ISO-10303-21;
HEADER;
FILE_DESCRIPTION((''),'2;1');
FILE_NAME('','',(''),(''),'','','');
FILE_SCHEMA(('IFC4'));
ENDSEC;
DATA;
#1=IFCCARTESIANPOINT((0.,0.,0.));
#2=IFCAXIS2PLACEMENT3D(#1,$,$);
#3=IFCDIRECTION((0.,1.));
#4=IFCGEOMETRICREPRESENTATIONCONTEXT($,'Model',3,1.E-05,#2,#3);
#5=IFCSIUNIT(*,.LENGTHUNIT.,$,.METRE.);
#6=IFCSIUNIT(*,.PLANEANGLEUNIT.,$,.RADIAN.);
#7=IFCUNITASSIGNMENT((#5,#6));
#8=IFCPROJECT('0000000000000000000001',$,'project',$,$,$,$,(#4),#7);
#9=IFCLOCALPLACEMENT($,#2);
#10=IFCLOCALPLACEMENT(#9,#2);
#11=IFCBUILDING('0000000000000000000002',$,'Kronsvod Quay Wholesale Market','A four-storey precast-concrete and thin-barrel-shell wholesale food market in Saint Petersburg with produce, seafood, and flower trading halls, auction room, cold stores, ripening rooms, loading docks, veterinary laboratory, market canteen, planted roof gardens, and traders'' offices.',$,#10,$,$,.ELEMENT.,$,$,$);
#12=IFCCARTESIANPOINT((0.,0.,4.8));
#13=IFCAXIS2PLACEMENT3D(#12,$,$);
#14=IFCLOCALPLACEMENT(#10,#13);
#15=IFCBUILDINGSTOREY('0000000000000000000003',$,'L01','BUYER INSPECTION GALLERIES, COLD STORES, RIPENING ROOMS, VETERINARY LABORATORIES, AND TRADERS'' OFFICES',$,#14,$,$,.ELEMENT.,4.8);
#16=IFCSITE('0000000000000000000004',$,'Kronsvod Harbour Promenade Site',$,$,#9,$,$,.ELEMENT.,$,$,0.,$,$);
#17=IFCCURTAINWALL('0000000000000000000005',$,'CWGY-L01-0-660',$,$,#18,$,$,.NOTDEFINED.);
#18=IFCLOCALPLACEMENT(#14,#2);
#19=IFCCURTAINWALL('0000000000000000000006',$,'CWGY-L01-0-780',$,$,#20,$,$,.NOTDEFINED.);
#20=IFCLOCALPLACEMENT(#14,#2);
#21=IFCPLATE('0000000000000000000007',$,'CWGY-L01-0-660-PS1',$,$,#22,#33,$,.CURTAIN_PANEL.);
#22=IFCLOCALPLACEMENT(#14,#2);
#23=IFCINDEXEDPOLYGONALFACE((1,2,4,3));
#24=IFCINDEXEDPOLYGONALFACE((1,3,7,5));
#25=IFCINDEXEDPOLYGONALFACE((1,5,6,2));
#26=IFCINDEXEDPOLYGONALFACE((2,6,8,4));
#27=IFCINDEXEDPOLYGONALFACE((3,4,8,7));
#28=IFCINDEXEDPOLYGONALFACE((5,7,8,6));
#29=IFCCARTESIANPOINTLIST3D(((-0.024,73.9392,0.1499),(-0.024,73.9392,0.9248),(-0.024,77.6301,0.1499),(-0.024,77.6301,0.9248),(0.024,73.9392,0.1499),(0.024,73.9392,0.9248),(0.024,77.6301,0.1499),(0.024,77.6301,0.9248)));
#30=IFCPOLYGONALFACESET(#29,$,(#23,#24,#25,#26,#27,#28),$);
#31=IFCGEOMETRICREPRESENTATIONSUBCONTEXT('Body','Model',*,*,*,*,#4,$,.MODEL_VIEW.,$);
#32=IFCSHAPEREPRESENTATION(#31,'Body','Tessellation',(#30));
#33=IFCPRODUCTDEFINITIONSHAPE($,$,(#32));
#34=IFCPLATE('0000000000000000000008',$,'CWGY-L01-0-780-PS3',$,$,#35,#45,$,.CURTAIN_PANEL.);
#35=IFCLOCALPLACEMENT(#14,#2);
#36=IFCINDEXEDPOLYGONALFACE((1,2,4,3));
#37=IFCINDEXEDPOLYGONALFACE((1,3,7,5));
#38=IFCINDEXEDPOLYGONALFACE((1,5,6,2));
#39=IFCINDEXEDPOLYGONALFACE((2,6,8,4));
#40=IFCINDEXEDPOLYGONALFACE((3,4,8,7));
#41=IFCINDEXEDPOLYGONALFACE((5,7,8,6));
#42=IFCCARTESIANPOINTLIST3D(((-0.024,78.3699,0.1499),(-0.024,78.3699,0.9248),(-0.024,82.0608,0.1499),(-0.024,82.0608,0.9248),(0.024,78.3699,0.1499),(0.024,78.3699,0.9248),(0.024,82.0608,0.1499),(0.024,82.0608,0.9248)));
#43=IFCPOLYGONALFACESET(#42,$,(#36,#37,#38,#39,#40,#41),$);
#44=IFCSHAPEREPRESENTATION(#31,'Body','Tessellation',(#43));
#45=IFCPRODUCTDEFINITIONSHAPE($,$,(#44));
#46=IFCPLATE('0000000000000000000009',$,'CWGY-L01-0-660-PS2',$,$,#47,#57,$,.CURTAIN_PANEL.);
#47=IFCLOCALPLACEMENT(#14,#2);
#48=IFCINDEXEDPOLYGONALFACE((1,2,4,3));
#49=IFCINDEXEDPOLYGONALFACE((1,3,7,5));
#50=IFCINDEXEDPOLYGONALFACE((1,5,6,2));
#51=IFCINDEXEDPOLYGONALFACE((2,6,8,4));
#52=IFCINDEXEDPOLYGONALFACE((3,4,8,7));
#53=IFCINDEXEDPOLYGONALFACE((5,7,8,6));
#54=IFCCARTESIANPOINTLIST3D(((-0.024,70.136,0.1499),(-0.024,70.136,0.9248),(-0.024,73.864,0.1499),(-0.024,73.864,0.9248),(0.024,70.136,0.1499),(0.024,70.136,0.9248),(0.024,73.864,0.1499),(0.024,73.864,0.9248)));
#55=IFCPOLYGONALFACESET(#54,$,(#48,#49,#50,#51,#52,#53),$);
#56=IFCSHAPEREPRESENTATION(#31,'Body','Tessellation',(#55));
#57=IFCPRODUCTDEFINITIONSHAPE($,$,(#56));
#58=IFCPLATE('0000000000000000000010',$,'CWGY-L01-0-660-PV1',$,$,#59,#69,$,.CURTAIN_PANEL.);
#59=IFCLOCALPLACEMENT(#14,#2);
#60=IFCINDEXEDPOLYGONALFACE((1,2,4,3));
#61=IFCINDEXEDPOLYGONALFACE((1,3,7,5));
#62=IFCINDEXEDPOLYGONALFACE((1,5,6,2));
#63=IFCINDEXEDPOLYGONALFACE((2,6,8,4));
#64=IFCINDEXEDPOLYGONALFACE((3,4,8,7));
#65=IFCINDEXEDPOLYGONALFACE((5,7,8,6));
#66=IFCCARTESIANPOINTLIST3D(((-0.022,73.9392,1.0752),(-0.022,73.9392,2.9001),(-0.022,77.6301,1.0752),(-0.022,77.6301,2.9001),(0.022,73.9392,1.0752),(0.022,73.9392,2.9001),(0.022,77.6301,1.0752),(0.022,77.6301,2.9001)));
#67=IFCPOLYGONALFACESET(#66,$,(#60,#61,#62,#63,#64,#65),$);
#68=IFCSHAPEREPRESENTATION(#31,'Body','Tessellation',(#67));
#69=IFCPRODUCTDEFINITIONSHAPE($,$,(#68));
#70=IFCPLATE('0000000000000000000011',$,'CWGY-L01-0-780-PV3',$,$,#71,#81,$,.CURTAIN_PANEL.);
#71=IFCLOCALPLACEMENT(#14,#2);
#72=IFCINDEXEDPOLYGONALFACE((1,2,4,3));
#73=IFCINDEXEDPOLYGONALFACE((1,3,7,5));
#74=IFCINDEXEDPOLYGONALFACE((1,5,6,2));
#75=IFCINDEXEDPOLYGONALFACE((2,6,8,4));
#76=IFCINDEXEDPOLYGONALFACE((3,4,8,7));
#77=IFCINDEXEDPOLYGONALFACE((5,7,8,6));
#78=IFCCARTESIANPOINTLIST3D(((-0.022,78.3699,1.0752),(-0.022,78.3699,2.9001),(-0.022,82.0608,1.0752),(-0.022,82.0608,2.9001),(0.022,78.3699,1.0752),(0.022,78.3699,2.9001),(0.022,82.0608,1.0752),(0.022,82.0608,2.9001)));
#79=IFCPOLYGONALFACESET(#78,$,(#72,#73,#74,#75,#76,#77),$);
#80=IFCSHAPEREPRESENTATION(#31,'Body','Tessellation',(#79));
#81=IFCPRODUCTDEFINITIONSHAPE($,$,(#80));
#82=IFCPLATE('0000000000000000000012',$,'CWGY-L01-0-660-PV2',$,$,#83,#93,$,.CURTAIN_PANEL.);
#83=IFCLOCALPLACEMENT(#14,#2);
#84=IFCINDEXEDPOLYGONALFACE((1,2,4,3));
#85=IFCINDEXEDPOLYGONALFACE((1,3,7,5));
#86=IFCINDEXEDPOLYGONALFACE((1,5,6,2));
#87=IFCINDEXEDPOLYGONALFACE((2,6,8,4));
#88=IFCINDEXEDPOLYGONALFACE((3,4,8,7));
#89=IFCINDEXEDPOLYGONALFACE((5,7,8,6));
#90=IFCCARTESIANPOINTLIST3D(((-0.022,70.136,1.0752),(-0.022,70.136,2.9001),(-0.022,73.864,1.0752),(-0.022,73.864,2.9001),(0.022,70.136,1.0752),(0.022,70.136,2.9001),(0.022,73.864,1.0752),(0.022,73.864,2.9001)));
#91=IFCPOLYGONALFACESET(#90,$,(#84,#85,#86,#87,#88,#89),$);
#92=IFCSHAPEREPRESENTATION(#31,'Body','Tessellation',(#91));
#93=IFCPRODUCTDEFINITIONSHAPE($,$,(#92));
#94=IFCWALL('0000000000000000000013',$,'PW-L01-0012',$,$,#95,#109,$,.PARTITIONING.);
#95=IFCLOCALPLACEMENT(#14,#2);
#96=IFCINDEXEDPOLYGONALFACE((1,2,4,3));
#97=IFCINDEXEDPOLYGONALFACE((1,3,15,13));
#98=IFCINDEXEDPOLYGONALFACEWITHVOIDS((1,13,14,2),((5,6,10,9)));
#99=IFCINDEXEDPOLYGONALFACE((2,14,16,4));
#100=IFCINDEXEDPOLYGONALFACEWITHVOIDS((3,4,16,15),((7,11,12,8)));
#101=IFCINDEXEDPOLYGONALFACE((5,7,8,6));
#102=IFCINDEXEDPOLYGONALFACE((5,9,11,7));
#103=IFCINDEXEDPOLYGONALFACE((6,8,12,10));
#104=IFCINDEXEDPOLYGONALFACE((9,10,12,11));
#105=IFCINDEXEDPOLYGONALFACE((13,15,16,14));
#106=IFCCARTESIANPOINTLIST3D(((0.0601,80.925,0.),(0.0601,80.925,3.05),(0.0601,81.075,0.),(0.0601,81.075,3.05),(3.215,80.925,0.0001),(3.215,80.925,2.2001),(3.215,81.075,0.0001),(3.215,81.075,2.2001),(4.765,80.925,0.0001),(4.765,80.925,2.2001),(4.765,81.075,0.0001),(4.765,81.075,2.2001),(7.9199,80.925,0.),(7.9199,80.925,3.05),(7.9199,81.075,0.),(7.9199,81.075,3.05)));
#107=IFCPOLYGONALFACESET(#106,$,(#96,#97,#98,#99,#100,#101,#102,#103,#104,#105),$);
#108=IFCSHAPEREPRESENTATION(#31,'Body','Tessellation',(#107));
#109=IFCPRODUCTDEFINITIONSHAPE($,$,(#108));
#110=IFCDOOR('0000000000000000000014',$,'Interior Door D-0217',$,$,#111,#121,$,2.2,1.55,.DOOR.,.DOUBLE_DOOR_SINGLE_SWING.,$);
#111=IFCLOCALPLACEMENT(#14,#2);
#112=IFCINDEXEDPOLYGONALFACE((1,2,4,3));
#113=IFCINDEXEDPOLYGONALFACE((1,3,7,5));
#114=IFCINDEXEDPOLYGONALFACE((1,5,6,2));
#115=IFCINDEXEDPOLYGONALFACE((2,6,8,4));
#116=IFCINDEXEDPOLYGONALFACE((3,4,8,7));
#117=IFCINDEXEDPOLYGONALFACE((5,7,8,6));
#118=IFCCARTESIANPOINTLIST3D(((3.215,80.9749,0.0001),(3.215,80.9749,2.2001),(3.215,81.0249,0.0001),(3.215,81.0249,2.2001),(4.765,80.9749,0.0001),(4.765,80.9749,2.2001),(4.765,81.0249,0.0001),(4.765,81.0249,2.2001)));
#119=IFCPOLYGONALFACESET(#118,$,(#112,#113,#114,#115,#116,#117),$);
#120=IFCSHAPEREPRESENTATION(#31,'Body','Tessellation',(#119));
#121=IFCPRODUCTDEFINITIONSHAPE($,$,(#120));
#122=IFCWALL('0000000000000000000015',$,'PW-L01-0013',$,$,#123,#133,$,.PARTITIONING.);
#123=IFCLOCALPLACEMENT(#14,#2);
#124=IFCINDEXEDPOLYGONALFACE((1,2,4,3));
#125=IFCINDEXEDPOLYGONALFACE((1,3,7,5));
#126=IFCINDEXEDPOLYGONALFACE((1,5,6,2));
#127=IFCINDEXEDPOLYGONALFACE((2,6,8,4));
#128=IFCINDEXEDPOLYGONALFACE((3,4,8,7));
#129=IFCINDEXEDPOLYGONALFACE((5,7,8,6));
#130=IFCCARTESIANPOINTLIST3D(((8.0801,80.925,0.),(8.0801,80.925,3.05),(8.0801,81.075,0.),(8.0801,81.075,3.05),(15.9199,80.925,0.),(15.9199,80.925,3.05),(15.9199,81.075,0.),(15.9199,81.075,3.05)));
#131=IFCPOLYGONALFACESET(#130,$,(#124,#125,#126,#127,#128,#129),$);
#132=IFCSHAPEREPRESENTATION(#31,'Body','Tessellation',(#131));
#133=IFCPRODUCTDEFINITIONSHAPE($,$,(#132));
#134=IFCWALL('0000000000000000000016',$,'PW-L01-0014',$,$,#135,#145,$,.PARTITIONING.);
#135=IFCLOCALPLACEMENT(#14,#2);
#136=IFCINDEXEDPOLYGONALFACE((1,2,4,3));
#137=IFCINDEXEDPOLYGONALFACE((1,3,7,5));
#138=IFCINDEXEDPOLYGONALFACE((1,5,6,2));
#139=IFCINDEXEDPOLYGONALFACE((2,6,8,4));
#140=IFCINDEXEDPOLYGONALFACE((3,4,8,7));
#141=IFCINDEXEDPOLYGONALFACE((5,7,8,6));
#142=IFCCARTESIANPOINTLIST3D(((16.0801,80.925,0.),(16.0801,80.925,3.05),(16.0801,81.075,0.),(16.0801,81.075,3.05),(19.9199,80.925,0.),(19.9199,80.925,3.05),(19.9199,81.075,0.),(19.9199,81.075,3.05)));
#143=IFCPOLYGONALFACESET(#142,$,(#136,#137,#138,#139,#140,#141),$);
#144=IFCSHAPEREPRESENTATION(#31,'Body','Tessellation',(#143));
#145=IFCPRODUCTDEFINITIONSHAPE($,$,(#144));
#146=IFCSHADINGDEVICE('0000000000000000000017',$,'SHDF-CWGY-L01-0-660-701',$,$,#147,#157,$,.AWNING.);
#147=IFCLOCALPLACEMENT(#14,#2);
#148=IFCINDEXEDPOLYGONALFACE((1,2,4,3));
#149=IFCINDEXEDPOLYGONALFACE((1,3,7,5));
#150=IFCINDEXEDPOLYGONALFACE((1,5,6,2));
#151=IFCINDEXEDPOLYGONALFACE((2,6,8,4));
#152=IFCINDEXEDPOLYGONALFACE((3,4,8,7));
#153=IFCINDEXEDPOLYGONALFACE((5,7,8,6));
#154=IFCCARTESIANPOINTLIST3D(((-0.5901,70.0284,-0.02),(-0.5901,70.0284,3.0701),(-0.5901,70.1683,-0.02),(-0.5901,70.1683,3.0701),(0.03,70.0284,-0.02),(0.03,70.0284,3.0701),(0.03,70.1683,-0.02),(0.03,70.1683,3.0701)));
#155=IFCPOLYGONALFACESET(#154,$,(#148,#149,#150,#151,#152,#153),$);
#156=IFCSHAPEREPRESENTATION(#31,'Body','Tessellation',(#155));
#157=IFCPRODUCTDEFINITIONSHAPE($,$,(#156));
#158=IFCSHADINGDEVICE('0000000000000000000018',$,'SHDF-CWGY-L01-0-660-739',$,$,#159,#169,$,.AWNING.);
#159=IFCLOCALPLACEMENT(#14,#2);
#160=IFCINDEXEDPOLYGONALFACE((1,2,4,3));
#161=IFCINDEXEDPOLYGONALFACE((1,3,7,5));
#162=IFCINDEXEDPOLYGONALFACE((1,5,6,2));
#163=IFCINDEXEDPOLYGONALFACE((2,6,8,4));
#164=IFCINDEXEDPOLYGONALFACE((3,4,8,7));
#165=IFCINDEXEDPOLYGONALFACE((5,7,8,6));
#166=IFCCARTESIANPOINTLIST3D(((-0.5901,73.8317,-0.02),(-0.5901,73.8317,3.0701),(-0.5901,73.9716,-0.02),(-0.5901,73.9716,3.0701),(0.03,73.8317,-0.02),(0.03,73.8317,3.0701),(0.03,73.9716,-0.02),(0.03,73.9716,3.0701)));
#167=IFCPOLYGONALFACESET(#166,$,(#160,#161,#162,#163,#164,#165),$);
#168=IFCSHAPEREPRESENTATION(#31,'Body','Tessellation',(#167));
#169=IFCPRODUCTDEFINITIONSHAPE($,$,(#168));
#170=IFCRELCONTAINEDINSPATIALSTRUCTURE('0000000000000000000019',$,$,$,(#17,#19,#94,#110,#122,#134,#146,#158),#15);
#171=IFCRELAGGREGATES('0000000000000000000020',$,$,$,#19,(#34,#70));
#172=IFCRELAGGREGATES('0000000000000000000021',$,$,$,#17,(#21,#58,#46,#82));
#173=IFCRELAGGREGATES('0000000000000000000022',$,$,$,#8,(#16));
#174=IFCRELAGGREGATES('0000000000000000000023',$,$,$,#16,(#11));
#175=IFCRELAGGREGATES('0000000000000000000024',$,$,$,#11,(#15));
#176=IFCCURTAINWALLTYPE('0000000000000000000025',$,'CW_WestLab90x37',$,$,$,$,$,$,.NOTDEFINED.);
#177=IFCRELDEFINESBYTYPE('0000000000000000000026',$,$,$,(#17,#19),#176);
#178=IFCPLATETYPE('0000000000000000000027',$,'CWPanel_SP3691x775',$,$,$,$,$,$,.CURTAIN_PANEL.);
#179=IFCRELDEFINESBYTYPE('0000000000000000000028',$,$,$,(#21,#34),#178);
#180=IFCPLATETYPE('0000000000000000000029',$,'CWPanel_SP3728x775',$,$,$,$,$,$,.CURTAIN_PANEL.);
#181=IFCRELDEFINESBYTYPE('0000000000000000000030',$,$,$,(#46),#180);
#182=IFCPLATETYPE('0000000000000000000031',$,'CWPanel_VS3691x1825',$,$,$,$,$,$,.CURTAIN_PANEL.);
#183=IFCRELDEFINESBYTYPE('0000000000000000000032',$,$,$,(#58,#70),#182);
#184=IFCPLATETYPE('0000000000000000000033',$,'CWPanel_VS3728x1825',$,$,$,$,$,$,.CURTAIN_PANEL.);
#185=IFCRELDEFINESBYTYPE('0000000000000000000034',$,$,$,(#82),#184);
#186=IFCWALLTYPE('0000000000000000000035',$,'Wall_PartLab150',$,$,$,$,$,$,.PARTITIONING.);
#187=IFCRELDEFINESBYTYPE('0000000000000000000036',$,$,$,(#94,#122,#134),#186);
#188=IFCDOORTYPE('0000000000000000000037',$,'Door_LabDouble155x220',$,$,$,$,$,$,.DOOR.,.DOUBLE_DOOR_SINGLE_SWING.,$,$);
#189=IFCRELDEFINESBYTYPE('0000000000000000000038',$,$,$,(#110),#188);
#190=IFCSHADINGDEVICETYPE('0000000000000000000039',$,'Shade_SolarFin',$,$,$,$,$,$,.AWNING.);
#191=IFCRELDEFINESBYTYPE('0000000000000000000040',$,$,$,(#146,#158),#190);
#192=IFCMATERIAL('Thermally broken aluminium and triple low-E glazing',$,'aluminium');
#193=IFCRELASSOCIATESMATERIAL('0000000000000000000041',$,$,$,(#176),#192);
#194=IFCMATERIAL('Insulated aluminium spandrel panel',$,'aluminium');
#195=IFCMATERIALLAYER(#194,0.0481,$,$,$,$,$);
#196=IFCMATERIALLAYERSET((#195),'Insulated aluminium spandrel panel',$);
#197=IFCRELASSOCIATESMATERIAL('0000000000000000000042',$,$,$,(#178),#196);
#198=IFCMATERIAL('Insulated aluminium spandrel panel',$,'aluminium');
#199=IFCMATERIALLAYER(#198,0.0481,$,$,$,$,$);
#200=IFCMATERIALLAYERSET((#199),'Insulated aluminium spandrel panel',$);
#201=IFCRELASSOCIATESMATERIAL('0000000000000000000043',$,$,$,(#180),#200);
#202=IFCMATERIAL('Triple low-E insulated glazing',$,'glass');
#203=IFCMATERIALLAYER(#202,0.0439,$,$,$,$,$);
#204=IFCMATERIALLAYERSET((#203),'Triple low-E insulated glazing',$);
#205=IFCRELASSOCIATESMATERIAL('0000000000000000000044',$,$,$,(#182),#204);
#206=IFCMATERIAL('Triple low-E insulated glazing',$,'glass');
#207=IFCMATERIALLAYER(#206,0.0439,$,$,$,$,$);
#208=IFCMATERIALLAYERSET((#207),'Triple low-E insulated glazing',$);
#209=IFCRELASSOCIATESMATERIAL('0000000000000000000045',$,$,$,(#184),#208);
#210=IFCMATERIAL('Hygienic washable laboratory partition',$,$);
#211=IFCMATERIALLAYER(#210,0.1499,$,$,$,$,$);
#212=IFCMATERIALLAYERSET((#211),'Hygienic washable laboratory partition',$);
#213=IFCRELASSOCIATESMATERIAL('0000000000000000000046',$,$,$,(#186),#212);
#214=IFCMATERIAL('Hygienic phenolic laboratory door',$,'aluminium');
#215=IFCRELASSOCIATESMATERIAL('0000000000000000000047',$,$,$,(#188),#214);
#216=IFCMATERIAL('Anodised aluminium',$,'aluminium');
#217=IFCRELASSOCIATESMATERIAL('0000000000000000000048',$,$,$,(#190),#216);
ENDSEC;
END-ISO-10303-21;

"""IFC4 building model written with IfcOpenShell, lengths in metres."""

from ifc_helpers import new_model, si_unit, direction, frame, frame_2d, origin, origin_2d, place, context, subcontext, project, spatial, rectangle, extrude, material, layer, layer_set, type_object, element, fill, aggregate, save


model = new_model("IFC4")

# Units and contexts
model_context = context("Model", 3, precision=1e-05, world=origin(), true_north=direction((0.0, 1.0)))
body_context = subcontext(model_context, "Body", "Model", "MODEL_VIEW")
ifc_project = project(units=[si_unit("LENGTHUNIT", "METRE"), si_unit("PLANEANGLEUNIT", "RADIAN")], contexts=[model_context])

# Site, building, storey
site_placement = place(None, origin())
site = spatial("IfcSite", under=ifc_project, at=site_placement, Name="Kronsvod Harbour Promenade Site", CompositionType="ELEMENT", RefElevation=0.0)
building_placement = place(site_placement, origin())
building = spatial("IfcBuilding", under=site, at=building_placement, Name="Kronsvod Quay Wholesale Market", Description="A four-storey precast-concrete and thin-barrel-shell wholesale food market in Saint Petersburg with produce, seafood, and flower trading halls, auction room, cold stores, ripening rooms, loading docks, veterinary laboratory, market canteen, planted roof gardens, and traders' offices.", CompositionType="ELEMENT")
storey_placement = place(building_placement, frame((0.0, 0.0, 4.8)))
storey = spatial("IfcBuildingStorey", under=building, at=storey_placement, Name="L01", Description="BUYER INSPECTION GALLERIES, COLD STORES, RIPENING ROOMS, VETERINARY LABORATORIES, AND TRADERS' OFFICES", CompositionType="ELEMENT", Elevation=4.8)

# Curtain wall
ifc_material_1 = material(Name="Thermally broken aluminium and triple low-E glazing", Category="aluminium")
curtain_wall_type = type_object("IfcCurtainWallType", Name="CW_WestLab90x37", PredefinedType="NOTDEFINED", material=ifc_material_1)
curtain_wall_1_placement = place(storey_placement, origin())
curtain_wall_1 = element("IfcCurtainWall", 1, at=curtain_wall_1_placement, inside=storey, type_object=curtain_wall_type, Name="CWGY-L01-0-660", PredefinedType="NOTDEFINED")

# Curtain wall
curtain_wall_2_placement = place(storey_placement, origin())
curtain_wall_2 = element("IfcCurtainWall", 2, at=curtain_wall_2_placement, inside=storey, type_object=curtain_wall_type, Name="CWGY-L01-0-780", PredefinedType="NOTDEFINED")

# Plates
ifc_material_2 = material(Name="Insulated aluminium spandrel panel", Category="aluminium")
ifc_layer_1 = layer(ifc_material_2, 0.0481)
ifc_layer_set_1 = layer_set([ifc_layer_1], Name="Insulated aluminium spandrel panel")
plate_type_1 = type_object("IfcPlateType", Name="CWPanel_SP3691x775", PredefinedType="CURTAIN_PANEL", material=ifc_layer_set_1)
plate_1_placement = place(storey_placement, frame((0.0, 75.7847, 0.1499), z_axis=(0.0, 0.0, 1.0), x_axis=(0.0, -1.0, 0.0)))
plate_1 = element("IfcPlate", 3, at=plate_1_placement, type_object=plate_type_1, Name="CWGY-L01-0-660-PS1", PredefinedType="CURTAIN_PANEL", context=body_context, shape_type="SweptSolid", body=[
    extrude(rectangle(XDim=3.6909, YDim=0.0481, at=origin_2d()), origin(), (0.0, 0.0, 1.0), 0.7749),
])
plate_2_placement = place(storey_placement, frame((0.0, 80.2153, 0.1499), z_axis=(0.0, 0.0, 1.0), x_axis=(0.0, -1.0, 0.0)))
plate_2 = element("IfcPlate", 4, at=plate_2_placement, type_object=plate_type_1, Name="CWGY-L01-0-780-PS3", PredefinedType="CURTAIN_PANEL", context=body_context, shape_type="SweptSolid", body=[
    extrude(rectangle(XDim=3.6909, YDim=0.0481, at=origin_2d()), origin(), (0.0, 0.0, 1.0), 0.7749),
])
ifc_material_3 = material(Name="Insulated aluminium spandrel panel", Category="aluminium")
ifc_layer_2 = layer(ifc_material_3, 0.0481)
ifc_layer_set_2 = layer_set([ifc_layer_2], Name="Insulated aluminium spandrel panel")
plate_type_2 = type_object("IfcPlateType", Name="CWPanel_SP3728x775", PredefinedType="CURTAIN_PANEL", material=ifc_layer_set_2)
plate_3_placement = place(storey_placement, frame((0.0, 72.0, 0.1499), z_axis=(0.0, 0.0, 1.0), x_axis=(0.0, -1.0, 0.0)))
plate_3 = element("IfcPlate", 5, at=plate_3_placement, type_object=plate_type_2, Name="CWGY-L01-0-660-PS2", PredefinedType="CURTAIN_PANEL", context=body_context, shape_type="SweptSolid", body=[
    extrude(rectangle(XDim=3.728, YDim=0.0481, at=origin_2d()), origin(), (0.0, 0.0, 1.0), 0.7749),
])
ifc_material_4 = material(Name="Triple low-E insulated glazing", Category="glass")
ifc_layer_3 = layer(ifc_material_4, 0.0439)
ifc_layer_set_3 = layer_set([ifc_layer_3], Name="Triple low-E insulated glazing")
plate_type_3 = type_object("IfcPlateType", Name="CWPanel_VS3691x1825", PredefinedType="CURTAIN_PANEL", material=ifc_layer_set_3)
plate_4_placement = place(storey_placement, frame((0.0, 75.7847, 1.0752), z_axis=(0.0, 0.0, 1.0), x_axis=(0.0, -1.0, 0.0)))
plate_4 = element("IfcPlate", 6, at=plate_4_placement, type_object=plate_type_3, Name="CWGY-L01-0-660-PV1", PredefinedType="CURTAIN_PANEL", context=body_context, shape_type="SweptSolid", body=[
    extrude(rectangle(XDim=3.6909, YDim=0.0439, at=origin_2d()), origin(), (0.0, 0.0, 1.0), 1.825),
])
plate_5_placement = place(storey_placement, frame((0.0, 80.2153, 1.0752), z_axis=(0.0, 0.0, 1.0), x_axis=(0.0, -1.0, 0.0)))
plate_5 = element("IfcPlate", 7, at=plate_5_placement, type_object=plate_type_3, Name="CWGY-L01-0-780-PV3", PredefinedType="CURTAIN_PANEL", context=body_context, shape_type="SweptSolid", body=[
    extrude(rectangle(XDim=3.6909, YDim=0.0439, at=origin_2d()), origin(), (0.0, 0.0, 1.0), 1.825),
])
aggregate(curtain_wall_2, [plate_2, plate_5])
ifc_material_5 = material(Name="Triple low-E insulated glazing", Category="glass")
ifc_layer_4 = layer(ifc_material_5, 0.0439)
ifc_layer_set_4 = layer_set([ifc_layer_4], Name="Triple low-E insulated glazing")
plate_type_4 = type_object("IfcPlateType", Name="CWPanel_VS3728x1825", PredefinedType="CURTAIN_PANEL", material=ifc_layer_set_4)
plate_6_placement = place(storey_placement, frame((0.0, 72.0, 1.0752), z_axis=(0.0, 0.0, 1.0), x_axis=(0.0, -1.0, 0.0)))
plate_6 = element("IfcPlate", 8, at=plate_6_placement, type_object=plate_type_4, Name="CWGY-L01-0-660-PV2", PredefinedType="CURTAIN_PANEL", context=body_context, shape_type="SweptSolid", body=[
    extrude(rectangle(XDim=3.728, YDim=0.0439, at=origin_2d()), origin(), (0.0, 0.0, 1.0), 1.825),
])
aggregate(curtain_wall_1, [plate_1, plate_4, plate_3, plate_6])

# Wall, opening, door
ifc_material_6 = material(Name="Hygienic washable laboratory partition")
ifc_layer_5 = layer(ifc_material_6, 0.1499)
ifc_layer_set_5 = layer_set([ifc_layer_5], Name="Hygienic washable laboratory partition")
wall_type = type_object("IfcWallType", Name="Wall_PartLab150", PredefinedType="PARTITIONING", material=ifc_layer_set_5)
wall_1_placement = place(storey_placement, frame((0.0601, 81.0, 0.0), z_axis=(0.0, 0.0, 1.0), x_axis=(1.0, 0.0, 0.0)))
wall_1 = element("IfcWall", 9, at=wall_1_placement, inside=storey, type_object=wall_type, Name="PW-L01-0012", PredefinedType="PARTITIONING", context=body_context, shape_type="SweptSolid", body=[
    extrude(rectangle(XDim=7.8599, YDim=0.1499, at=frame_2d((3.9299, 0.0))), origin(), (0.0, 0.0, 1.0), 3.05),
])
opening_placement = place(wall_1_placement, frame((3.155, 0.0, 0.0)))
opening = element("IfcOpeningElement", 10, at=opening_placement, cuts=wall_1, PredefinedType="OPENING", context=body_context, shape_type="SweptSolid", body=[
    extrude(rectangle(XDim=1.55, YDim=2.2, at=frame_2d((0.7749, 1.1001))), frame((0.0, 0.085, 0.0), z_axis=(0.0, -1.0, 0.0), x_axis=(1.0, 0.0, 0.0)), (0.0, 0.0, 1.0), 0.1699),
])
ifc_material_7 = material(Name="Hygienic phenolic laboratory door", Category="aluminium")
door_type = type_object("IfcDoorType", Name="Door_LabDouble155x220", OperationType="DOUBLE_DOOR_SINGLE_SWING", PredefinedType="DOOR", material=ifc_material_7)
door_placement = place(opening_placement, origin())
door = element("IfcDoor", 11, at=door_placement, inside=storey, type_object=door_type, Name="Interior Door D-0217", OperationType="DOUBLE_DOOR_SINGLE_SWING", OverallHeight=2.2, OverallWidth=1.55, PredefinedType="DOOR", context=body_context, shape_type="SweptSolid", body=[
    extrude(rectangle(XDim=1.55, YDim=2.2, at=frame_2d((0.7749, 1.1001))), frame((0.0, 0.0249, 0.0), z_axis=(0.0, -1.0, 0.0), x_axis=(1.0, 0.0, 0.0)), (0.0, 0.0, 1.0), 0.05),
])
fill(opening, door)

# Walls
wall_2_placement = place(storey_placement, frame((8.0801, 81.0, 0.0), z_axis=(0.0, 0.0, 1.0), x_axis=(1.0, 0.0, 0.0)))
element("IfcWall", 12, at=wall_2_placement, inside=storey, type_object=wall_type, Name="PW-L01-0013", PredefinedType="PARTITIONING", context=body_context, shape_type="SweptSolid", body=[
    extrude(rectangle(XDim=7.8398, YDim=0.1499, at=frame_2d((3.9199, 0.0))), origin(), (0.0, 0.0, 1.0), 3.05),
])
wall_3_placement = place(storey_placement, frame((16.0801, 81.0, 0.0), z_axis=(0.0, 0.0, 1.0), x_axis=(1.0, 0.0, 0.0)))
element("IfcWall", 13, at=wall_3_placement, inside=storey, type_object=wall_type, Name="PW-L01-0014", PredefinedType="PARTITIONING", context=body_context, shape_type="SweptSolid", body=[
    extrude(rectangle(XDim=3.8398, YDim=0.1499, at=frame_2d((1.9199, 0.0))), origin(), (0.0, 0.0, 1.0), 3.05),
])

# Shading devices
ifc_material_8 = material(Name="Anodised aluminium", Category="aluminium")
shading_device_type = type_object("IfcShadingDeviceType", Name="Shade_SolarFin", PredefinedType="AWNING", material=ifc_material_8)
for number, where, z_axis, x_axis, name in (
    (14, (-0.28, 70.0984, -0.02), (0.0, 0.0, 1.0), (1.0, 0.0, 0.0), "SHDF-CWGY-L01-0-660-701"),
    (15, (-0.28, 73.9016, -0.02), (0.0, 0.0, 1.0), (1.0, 0.0, 0.0), "SHDF-CWGY-L01-0-660-739"),
):
    element("IfcShadingDevice", number, at=place(storey_placement, frame(where, z_axis=z_axis, x_axis=x_axis)), inside=storey, type_object=shading_device_type, Name=name, PredefinedType="AWNING", context=body_context, shape_type="SweptSolid", body=[
        extrude(rectangle(XDim=0.6201, YDim=0.1399, at=origin_2d()), origin(), (0.0, 0.0, 1.0), 3.0901),
    ])

save(model, "model.ifc")
